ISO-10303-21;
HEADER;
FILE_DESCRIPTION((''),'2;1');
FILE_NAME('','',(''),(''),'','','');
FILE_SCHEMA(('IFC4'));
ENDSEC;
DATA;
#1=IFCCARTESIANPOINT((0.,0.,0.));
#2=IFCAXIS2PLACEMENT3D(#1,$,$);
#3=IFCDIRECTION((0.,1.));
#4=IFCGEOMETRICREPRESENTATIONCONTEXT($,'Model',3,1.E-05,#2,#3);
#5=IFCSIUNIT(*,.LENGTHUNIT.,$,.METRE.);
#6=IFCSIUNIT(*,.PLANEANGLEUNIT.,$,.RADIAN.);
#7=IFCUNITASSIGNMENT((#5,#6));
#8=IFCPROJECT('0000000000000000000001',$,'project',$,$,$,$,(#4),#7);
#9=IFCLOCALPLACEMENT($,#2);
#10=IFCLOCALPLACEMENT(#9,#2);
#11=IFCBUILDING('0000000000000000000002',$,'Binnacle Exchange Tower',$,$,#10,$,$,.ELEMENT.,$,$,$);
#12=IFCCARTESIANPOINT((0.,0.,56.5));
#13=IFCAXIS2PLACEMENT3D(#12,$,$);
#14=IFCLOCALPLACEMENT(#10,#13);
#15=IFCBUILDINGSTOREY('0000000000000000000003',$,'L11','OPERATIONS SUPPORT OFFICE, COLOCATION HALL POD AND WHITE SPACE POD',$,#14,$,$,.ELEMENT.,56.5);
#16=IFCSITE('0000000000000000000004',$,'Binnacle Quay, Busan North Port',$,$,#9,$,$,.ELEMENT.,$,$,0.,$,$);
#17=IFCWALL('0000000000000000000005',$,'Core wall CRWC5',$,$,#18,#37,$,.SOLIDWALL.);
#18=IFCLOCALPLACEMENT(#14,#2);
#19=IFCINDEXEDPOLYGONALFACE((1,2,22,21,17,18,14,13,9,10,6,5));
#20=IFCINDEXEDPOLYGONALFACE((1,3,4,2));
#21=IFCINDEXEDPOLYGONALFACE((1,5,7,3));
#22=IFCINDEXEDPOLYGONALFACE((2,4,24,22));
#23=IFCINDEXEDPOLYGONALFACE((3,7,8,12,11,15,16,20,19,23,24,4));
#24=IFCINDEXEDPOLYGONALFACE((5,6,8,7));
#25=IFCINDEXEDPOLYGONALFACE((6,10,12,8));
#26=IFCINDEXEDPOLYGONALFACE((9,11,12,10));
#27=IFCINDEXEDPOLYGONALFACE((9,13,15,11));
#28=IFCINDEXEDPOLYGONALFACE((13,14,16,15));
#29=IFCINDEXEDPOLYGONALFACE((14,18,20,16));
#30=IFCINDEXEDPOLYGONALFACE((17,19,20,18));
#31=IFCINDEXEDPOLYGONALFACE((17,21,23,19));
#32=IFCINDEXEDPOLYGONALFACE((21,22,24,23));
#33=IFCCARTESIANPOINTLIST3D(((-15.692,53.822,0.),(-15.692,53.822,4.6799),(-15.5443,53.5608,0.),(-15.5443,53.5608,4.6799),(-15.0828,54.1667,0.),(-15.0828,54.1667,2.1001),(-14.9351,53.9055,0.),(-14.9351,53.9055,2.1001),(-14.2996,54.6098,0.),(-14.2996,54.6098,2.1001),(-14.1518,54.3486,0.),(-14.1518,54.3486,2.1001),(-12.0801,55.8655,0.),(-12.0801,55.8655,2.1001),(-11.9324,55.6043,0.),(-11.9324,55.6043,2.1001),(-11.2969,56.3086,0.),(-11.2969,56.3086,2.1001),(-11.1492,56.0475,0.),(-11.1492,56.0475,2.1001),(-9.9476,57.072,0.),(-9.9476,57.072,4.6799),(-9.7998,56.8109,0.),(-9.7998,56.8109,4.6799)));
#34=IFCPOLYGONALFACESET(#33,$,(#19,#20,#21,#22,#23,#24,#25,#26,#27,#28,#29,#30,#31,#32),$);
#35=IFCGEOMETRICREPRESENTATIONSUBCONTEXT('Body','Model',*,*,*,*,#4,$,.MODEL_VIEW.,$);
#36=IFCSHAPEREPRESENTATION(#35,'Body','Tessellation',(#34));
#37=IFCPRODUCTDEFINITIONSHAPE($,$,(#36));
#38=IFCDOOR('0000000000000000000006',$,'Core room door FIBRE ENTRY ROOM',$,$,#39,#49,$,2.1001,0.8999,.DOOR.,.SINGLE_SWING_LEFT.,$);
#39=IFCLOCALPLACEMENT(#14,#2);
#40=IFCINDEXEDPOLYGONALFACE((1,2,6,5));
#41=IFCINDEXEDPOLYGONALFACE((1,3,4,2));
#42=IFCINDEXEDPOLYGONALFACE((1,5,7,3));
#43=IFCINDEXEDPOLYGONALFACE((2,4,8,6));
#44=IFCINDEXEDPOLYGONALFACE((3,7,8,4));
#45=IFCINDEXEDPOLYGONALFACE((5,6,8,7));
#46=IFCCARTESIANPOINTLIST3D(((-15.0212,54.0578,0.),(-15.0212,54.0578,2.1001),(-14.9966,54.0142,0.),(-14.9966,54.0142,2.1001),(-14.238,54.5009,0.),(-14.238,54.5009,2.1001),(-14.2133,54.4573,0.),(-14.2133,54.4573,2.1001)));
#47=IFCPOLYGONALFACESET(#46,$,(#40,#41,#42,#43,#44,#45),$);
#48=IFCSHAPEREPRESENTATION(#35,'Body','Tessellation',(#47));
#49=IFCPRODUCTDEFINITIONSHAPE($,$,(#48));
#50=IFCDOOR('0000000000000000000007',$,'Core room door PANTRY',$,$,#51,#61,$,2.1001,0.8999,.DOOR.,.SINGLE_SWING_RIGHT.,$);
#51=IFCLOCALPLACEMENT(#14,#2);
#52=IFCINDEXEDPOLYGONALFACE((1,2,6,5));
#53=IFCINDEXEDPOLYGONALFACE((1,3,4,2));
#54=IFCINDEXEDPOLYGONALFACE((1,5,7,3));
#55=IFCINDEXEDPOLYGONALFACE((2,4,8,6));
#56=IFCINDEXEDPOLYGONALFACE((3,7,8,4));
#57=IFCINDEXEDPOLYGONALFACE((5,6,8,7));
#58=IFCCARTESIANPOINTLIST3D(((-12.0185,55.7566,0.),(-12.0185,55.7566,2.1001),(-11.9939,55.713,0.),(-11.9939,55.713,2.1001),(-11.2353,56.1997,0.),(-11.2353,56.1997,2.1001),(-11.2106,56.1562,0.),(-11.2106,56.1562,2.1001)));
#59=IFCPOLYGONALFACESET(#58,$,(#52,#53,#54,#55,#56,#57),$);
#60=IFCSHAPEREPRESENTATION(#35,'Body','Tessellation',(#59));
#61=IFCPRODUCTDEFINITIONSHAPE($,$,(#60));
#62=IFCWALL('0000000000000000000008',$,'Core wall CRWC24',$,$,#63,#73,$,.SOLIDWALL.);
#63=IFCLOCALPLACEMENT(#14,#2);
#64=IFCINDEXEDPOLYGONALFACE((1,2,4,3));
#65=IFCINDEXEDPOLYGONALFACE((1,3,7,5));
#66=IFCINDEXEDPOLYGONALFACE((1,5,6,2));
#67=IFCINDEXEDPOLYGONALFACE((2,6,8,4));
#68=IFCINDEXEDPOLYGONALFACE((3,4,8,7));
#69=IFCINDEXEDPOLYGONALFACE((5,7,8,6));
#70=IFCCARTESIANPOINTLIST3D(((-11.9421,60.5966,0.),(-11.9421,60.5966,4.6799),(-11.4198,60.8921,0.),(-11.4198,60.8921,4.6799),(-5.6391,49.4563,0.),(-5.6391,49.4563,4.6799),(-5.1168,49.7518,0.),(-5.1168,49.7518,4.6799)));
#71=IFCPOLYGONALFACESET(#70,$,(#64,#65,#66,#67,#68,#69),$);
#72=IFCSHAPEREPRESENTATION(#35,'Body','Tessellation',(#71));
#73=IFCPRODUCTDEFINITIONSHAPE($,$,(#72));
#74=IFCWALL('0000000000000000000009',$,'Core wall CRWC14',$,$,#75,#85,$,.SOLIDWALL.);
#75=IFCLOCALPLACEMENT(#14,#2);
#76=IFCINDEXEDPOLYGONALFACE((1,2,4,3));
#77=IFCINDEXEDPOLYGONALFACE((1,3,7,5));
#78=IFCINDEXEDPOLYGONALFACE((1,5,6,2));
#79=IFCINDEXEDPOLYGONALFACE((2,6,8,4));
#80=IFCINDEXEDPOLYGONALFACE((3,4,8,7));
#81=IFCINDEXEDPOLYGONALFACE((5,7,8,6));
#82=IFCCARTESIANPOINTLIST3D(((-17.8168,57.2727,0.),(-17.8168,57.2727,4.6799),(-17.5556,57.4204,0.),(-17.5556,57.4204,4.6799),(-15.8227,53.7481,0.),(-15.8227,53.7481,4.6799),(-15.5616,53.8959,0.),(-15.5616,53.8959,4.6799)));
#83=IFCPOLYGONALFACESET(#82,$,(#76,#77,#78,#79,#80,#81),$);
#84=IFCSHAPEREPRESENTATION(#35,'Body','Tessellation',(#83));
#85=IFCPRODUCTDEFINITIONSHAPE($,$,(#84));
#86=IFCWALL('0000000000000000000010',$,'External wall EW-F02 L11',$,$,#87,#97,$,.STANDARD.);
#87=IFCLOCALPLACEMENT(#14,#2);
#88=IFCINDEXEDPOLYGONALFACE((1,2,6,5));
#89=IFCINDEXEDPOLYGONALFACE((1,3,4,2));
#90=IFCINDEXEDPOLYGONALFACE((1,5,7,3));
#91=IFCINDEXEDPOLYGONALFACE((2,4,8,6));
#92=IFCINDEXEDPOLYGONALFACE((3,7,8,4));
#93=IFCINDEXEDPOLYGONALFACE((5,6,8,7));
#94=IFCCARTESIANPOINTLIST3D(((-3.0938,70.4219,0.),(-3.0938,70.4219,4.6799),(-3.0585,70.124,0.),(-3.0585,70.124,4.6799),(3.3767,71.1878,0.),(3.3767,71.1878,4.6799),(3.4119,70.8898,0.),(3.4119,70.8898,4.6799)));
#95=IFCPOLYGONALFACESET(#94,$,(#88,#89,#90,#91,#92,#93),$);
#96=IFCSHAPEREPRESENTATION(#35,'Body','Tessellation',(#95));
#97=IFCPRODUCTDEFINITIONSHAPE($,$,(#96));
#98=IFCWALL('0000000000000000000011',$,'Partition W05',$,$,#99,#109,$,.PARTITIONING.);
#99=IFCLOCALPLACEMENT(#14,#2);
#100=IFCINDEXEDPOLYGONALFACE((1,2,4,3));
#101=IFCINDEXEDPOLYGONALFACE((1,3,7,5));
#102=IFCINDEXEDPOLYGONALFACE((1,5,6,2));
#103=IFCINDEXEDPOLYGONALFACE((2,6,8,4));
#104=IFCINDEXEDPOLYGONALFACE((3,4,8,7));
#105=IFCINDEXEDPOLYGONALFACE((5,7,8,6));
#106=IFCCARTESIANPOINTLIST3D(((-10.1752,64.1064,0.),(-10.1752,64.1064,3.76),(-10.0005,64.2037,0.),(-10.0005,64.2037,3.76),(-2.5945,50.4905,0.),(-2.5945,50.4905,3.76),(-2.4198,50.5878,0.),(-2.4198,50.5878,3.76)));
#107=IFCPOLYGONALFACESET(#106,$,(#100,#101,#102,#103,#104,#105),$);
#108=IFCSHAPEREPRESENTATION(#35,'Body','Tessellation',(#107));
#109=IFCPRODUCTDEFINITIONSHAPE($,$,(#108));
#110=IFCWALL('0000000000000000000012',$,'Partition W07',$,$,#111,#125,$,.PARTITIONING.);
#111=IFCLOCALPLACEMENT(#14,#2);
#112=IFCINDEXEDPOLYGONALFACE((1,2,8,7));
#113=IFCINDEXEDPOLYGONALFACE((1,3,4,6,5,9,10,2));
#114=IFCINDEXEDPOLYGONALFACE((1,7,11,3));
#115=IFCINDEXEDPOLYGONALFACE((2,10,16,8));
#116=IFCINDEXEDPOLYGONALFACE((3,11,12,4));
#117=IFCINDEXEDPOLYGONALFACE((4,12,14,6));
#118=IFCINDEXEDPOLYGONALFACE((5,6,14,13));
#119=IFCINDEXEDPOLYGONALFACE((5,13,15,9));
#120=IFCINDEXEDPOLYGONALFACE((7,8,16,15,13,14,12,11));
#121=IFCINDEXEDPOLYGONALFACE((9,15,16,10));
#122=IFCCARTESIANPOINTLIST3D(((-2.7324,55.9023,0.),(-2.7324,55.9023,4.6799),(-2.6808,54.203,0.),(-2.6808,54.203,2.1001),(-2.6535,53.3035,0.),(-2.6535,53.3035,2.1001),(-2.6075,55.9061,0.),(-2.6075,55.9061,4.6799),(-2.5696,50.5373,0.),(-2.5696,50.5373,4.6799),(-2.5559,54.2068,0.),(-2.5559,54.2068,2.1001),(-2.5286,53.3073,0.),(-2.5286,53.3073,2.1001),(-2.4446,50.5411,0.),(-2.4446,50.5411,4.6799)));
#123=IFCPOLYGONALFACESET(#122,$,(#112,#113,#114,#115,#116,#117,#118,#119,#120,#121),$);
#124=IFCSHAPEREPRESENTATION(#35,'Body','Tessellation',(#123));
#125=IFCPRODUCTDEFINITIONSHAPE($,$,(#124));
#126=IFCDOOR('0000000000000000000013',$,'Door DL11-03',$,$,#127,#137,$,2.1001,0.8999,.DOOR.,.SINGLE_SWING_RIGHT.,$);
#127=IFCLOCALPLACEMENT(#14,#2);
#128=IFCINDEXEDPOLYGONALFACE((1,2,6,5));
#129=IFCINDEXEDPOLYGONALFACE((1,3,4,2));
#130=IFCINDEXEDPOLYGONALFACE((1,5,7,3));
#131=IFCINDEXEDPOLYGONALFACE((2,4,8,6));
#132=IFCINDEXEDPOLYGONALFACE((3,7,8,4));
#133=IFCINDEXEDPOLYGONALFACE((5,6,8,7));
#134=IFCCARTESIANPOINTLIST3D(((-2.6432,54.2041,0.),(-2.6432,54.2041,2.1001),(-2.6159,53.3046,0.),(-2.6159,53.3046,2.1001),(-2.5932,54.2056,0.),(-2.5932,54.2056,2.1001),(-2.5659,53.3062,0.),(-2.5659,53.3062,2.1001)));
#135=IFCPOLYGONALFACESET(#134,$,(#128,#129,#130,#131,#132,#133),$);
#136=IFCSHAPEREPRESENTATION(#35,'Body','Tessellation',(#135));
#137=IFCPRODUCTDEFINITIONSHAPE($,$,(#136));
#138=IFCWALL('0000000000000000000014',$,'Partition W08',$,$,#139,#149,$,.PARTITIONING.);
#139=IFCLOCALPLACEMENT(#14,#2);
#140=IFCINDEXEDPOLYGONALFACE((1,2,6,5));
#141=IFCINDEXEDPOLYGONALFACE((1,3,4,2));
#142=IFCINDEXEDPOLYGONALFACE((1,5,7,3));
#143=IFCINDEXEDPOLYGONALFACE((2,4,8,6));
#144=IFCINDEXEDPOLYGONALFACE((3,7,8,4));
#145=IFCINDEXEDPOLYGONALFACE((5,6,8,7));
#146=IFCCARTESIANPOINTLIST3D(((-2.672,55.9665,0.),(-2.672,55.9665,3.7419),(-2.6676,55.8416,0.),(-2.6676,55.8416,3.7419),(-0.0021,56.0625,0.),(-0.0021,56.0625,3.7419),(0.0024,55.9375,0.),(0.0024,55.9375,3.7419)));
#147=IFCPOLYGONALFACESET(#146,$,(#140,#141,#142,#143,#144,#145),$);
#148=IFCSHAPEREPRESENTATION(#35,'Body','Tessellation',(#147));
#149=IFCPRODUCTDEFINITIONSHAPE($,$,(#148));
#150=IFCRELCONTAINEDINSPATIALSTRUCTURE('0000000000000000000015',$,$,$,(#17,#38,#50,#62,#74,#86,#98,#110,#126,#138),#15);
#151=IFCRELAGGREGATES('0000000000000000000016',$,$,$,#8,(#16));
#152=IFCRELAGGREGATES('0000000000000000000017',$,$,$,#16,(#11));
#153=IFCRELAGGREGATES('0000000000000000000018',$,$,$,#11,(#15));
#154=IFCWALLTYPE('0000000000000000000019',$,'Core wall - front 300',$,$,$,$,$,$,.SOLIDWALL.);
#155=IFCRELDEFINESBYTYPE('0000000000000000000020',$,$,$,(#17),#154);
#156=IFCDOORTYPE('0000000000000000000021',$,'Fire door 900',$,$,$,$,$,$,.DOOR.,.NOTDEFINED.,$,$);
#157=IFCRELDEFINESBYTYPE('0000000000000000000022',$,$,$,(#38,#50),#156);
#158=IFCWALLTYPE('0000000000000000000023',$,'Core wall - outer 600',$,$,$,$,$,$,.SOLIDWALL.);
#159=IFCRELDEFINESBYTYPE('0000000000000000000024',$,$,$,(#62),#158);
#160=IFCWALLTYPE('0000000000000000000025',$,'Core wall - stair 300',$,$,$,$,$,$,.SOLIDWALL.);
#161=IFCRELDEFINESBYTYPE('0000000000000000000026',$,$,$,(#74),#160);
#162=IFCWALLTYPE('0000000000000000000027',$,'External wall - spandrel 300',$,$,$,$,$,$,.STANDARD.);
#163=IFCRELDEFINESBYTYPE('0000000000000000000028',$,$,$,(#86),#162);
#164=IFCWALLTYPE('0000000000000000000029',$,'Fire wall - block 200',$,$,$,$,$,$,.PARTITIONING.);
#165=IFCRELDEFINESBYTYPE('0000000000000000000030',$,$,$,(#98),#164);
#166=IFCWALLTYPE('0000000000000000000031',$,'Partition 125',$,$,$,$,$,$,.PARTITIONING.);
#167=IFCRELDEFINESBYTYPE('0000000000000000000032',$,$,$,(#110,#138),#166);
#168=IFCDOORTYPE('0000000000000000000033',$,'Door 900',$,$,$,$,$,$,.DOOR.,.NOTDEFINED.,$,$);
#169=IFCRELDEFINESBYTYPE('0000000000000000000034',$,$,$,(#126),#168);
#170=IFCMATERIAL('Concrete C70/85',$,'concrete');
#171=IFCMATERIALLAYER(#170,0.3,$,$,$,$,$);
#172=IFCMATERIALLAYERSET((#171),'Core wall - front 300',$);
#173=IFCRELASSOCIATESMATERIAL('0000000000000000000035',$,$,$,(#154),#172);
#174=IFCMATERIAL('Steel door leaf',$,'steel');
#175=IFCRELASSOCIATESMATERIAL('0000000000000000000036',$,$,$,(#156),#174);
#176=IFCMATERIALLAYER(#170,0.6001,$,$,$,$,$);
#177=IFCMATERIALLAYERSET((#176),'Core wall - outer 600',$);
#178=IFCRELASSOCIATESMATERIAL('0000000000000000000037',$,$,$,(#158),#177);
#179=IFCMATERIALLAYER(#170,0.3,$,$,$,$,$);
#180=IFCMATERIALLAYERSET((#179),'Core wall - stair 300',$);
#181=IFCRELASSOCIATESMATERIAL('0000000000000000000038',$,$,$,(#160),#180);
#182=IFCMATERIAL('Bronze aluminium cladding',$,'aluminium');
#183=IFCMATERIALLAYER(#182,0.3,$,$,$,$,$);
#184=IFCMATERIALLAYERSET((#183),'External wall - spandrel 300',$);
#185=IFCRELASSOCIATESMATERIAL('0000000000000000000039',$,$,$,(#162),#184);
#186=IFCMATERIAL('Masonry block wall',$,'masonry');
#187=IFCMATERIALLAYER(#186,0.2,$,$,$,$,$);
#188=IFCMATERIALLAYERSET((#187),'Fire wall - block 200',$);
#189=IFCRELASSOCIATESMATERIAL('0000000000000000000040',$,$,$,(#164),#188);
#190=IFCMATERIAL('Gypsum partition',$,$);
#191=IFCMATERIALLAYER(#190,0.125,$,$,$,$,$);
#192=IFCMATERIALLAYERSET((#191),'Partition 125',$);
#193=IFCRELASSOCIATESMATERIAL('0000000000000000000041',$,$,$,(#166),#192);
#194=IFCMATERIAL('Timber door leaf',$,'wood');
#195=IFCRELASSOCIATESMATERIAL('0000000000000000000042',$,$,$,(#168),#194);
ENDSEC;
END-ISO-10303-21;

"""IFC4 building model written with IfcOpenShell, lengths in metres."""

from ifc_helpers import new_model, si_unit, direction, frame, frame_2d, origin, place, context, subcontext, project, spatial, rectangle, extrude, material, layer, layer_set, type_object, element, fill, save


model = new_model("IFC4")

# Units and contexts
model_context = context("Model", 3, precision=1e-05, world=origin(), true_north=direction((0.0, 1.0)))
body_context = subcontext(model_context, "Body", "Model", "MODEL_VIEW")
ifc_project = project(units=[si_unit("LENGTHUNIT", "METRE"), si_unit("PLANEANGLEUNIT", "RADIAN")], contexts=[model_context])

# Site, building, storey
site_placement = place(None, origin())
site = spatial("IfcSite", under=ifc_project, at=site_placement, Name="Binnacle Quay, Busan North Port", CompositionType="ELEMENT", RefElevation=0.0)
building_placement = place(site_placement, origin())
building = spatial("IfcBuilding", under=site, at=building_placement, Name="Binnacle Exchange Tower", CompositionType="ELEMENT")
storey_placement = place(building_placement, frame((0.0, 0.0, 56.5)))
storey = spatial("IfcBuildingStorey", under=building, at=storey_placement, Name="L11", Description="OPERATIONS SUPPORT OFFICE, COLOCATION HALL POD AND WHITE SPACE POD", CompositionType="ELEMENT", Elevation=56.5)

# Shared definitions
ifc_material_1 = material(Name="Concrete C70/85", Category="concrete")

# Wall, openings, doors
ifc_layer_1 = layer(ifc_material_1, 0.3)
ifc_layer_set_1 = layer_set([ifc_layer_1], Name="Core wall - front 300")
wall_type_1 = type_object("IfcWallType", Name="Core wall - front 300", PredefinedType="SOLIDWALL", material=ifc_layer_set_1)
wall_1_placement = place(storey_placement, frame((-15.6182, 53.6914, 0.0), z_axis=(0.0, 0.0, 1.0), x_axis=(0.870357, 0.492422, 0.0)))
wall_1 = element("IfcWall", 1, at=wall_1_placement, inside=storey, type_object=wall_type_1, Name="Core wall CRWC5", PredefinedType="SOLIDWALL", context=body_context, shape_type="SweptSolid", body=[
    extrude(rectangle(XDim=6.6001, YDim=0.3, at=frame_2d((3.3, 0.0))), origin(), (0.0, 0.0, 1.0), 4.6799),
])
opening_1_placement = place(wall_1_placement, frame((0.7, 0.0, 0.0)))
opening_1 = element("IfcOpeningElement", 2, at=opening_1_placement, cuts=wall_1, PredefinedType="OPENING", context=body_context, shape_type="SweptSolid", body=[
    extrude(rectangle(XDim=0.8999, YDim=2.1001, at=frame_2d((0.45, 1.05))), frame((0.0, 0.1599, 0.0), z_axis=(0.0, -1.0, 0.0), x_axis=(1.0, 0.0, 0.0)), (0.0, 0.0, 1.0), 0.3201),
])
opening_2_placement = place(wall_1_placement, frame((4.1499, 0.0, 0.0)))
opening_2 = element("IfcOpeningElement", 3, at=opening_2_placement, cuts=wall_1, PredefinedType="OPENING", context=body_context, shape_type="SweptSolid", body=[
    extrude(rectangle(XDim=0.8999, YDim=2.1001, at=frame_2d((0.45, 1.05))), frame((0.0, 0.1599, 0.0), z_axis=(0.0, -1.0, 0.0), x_axis=(1.0, 0.0, 0.0)), (0.0, 0.0, 1.0), 0.3201),
])
ifc_material_2 = material(Name="Steel door leaf", Category="steel")
door_type_1 = type_object("IfcDoorType", Name="Fire door 900", OperationType="NOTDEFINED", PredefinedType="DOOR", material=ifc_material_2)
door_1_placement = place(opening_1_placement, origin())
door_1 = element("IfcDoor", 4, at=door_1_placement, inside=storey, type_object=door_type_1, Name="Core room door FIBRE ENTRY ROOM", OperationType="SINGLE_SWING_LEFT", OverallHeight=2.1001, OverallWidth=0.8999, PredefinedType="DOOR", context=body_context, shape_type="SweptSolid", body=[
    extrude(rectangle(XDim=0.8999, YDim=2.1001, at=frame_2d((0.45, 1.05))), frame((0.0, 0.0249, 0.0), z_axis=(0.0, -1.0, 0.0), x_axis=(1.0, 0.0, 0.0)), (0.0, 0.0, 1.0), 0.05),
])
fill(opening_1, door_1)
door_2_placement = place(opening_2_placement, origin())
door_2 = element("IfcDoor", 5, at=door_2_placement, inside=storey, type_object=door_type_1, Name="Core room door PANTRY", OperationType="SINGLE_SWING_RIGHT", OverallHeight=2.1001, OverallWidth=0.8999, PredefinedType="DOOR", context=body_context, shape_type="SweptSolid", body=[
    extrude(rectangle(XDim=0.8999, YDim=2.1001, at=frame_2d((0.45, 1.05))), frame((0.0, 0.0249, 0.0), z_axis=(0.0, -1.0, 0.0), x_axis=(1.0, 0.0, 0.0)), (0.0, 0.0, 1.0), 0.05),
])
fill(opening_2, door_2)

# Walls
ifc_layer_2 = layer(ifc_material_1, 0.6001)
ifc_layer_set_2 = layer_set([ifc_layer_2], Name="Core wall - outer 600")
wall_type_2 = type_object("IfcWallType", Name="Core wall - outer 600", PredefinedType="SOLIDWALL", material=ifc_layer_set_2)
wall_2_placement = place(storey_placement, frame((-11.6809, 60.7444, 0.0), z_axis=(0.0, 0.0, 1.0), x_axis=(0.492427, -0.870354, 0.0)))
element("IfcWall", 6, at=wall_2_placement, inside=storey, type_object=wall_type_2, Name="Core wall CRWC24", PredefinedType="SOLIDWALL", context=body_context, shape_type="SweptSolid", body=[
    extrude(rectangle(XDim=12.7998, YDim=0.6001, at=frame_2d((6.3999, 0.0))), origin(), (0.0, 0.0, 1.0), 4.6799),
])
ifc_layer_3 = layer(ifc_material_1, 0.3)
ifc_layer_set_3 = layer_set([ifc_layer_3], Name="Core wall - stair 300")
wall_type_3 = type_object("IfcWallType", Name="Core wall - stair 300", PredefinedType="SOLIDWALL", material=ifc_layer_set_3)
wall_3_placement = place(storey_placement, frame((-17.6863, 57.3467, 0.0), z_axis=(0.0, 0.0, 1.0), x_axis=(0.492421, -0.870357, 0.0)))
element("IfcWall", 7, at=wall_3_placement, inside=storey, type_object=wall_type_3, Name="Core wall CRWC14", PredefinedType="SOLIDWALL", context=body_context, shape_type="SweptSolid", body=[
    extrude(rectangle(XDim=4.0496, YDim=0.3, at=frame_2d((2.0249, 0.0))), origin(), (0.0, 0.0, 1.0), 4.6799),
])
ifc_material_3 = material(Name="Bronze aluminium cladding", Category="aluminium")
ifc_layer_4 = layer(ifc_material_3, 0.3)
ifc_layer_set_4 = layer_set([ifc_layer_4], Name="External wall - spandrel 300")
wall_type_4 = type_object("IfcWallType", Name="External wall - spandrel 300", PredefinedType="STANDARD", material=ifc_layer_set_4)
wall_4_placement = place(storey_placement, frame((-3.0762, 70.2729, 0.0), z_axis=(0.0, 0.0, 1.0), x_axis=(0.993068, 0.117543, 0.0)))
element("IfcWall", 8, at=wall_4_placement, inside=storey, type_object=wall_type_4, Name="External wall EW-F02 L11", PredefinedType="STANDARD", context=body_context, shape_type="SweptSolid", body=[
    extrude(rectangle(XDim=6.5156, YDim=0.3, at=frame_2d((3.2578, 0.0))), origin(), (0.0, 0.0, 1.0), 4.6799),
])
ifc_material_4 = material(Name="Masonry block wall", Category="masonry")
ifc_layer_5 = layer(ifc_material_4, 0.2)
ifc_layer_set_5 = layer_set([ifc_layer_5], Name="Fire wall - block 200")
wall_type_5 = type_object("IfcWallType", Name="Fire wall - block 200", PredefinedType="PARTITIONING", material=ifc_layer_set_5)
wall_5_placement = place(storey_placement, frame((-10.0879, 64.155, 0.0), z_axis=(0.0, 0.0, 1.0), x_axis=(0.486446, -0.873711, 0.0)))
element("IfcWall", 9, at=wall_5_placement, inside=storey, type_object=wall_type_5, Name="Partition W05", PredefinedType="PARTITIONING", context=body_context, shape_type="SweptSolid", body=[
    extrude(rectangle(XDim=15.584, YDim=0.2, at=frame_2d((7.792, 0.0))), origin(), (0.0, 0.0, 1.0), 3.76),
])

# Wall, opening, door
ifc_material_5 = material(Name="Gypsum partition")
ifc_layer_6 = layer(ifc_material_5, 0.125)
ifc_layer_set_6 = layer_set([ifc_layer_6], Name="Partition 125")
wall_type_6 = type_object("IfcWallType", Name="Partition 125", PredefinedType="PARTITIONING", material=ifc_layer_set_6)
wall_6_placement = place(storey_placement, frame((-2.6699, 55.9041, 0.0), z_axis=(0.0, 0.0, 1.0), x_axis=(0.030339, -0.99954, 0.0)))
wall_6 = element("IfcWall", 10, at=wall_6_placement, inside=storey, type_object=wall_type_6, Name="Partition W07", PredefinedType="PARTITIONING", context=body_context, shape_type="SweptSolid", body=[
    extrude(rectangle(XDim=5.3674, YDim=0.125, at=frame_2d((2.6836, 0.0))), origin(), (0.0, 0.0, 1.0), 4.6799),
])
opening_3_placement = place(wall_6_placement, frame((1.7, 0.0, 0.0)))
opening_3 = element("IfcOpeningElement", 11, at=opening_3_placement, cuts=wall_6, PredefinedType="OPENING", context=body_context, shape_type="SweptSolid", body=[
    extrude(rectangle(XDim=0.8999, YDim=2.1001, at=frame_2d((0.45, 1.05))), frame((0.0, 0.0725, 0.0), z_axis=(0.0, -1.0, 0.0), x_axis=(1.0, 0.0, 0.0)), (0.0, 0.0, 1.0), 0.145),
])
ifc_material_6 = material(Name="Timber door leaf", Category="wood")
door_type_2 = type_object("IfcDoorType", Name="Door 900", OperationType="NOTDEFINED", PredefinedType="DOOR", material=ifc_material_6)
door_3_placement = place(opening_3_placement, frame((0.8999, 0.0, 0.0), z_axis=(0.0, 0.0, 1.0), x_axis=(-1.0, 0.0, 0.0)))
door_3 = element("IfcDoor", 12, at=door_3_placement, inside=storey, type_object=door_type_2, Name="Door DL11-03", OperationType="SINGLE_SWING_RIGHT", OverallHeight=2.1001, OverallWidth=0.8999, PredefinedType="DOOR", context=body_context, shape_type="SweptSolid", body=[
    extrude(rectangle(XDim=0.8999, YDim=2.1001, at=frame_2d((0.45, 1.05))), frame((0.0, 0.0249, 0.0), z_axis=(0.0, -1.0, 0.0), x_axis=(1.0, 0.0, 0.0)), (0.0, 0.0, 1.0), 0.05),
])
fill(opening_3, door_3)

# Wall
wall_7_placement = place(storey_placement, frame((-2.6699, 55.9041, 0.0), z_axis=(0.0, 0.0, 1.0), x_axis=(0.999355, 0.035913, 0.0)))
element("IfcWall", 13, at=wall_7_placement, inside=storey, type_object=wall_type_6, Name="Partition W08", PredefinedType="PARTITIONING", context=body_context, shape_type="SweptSolid", body=[
    extrude(rectangle(XDim=2.6716, YDim=0.125, at=frame_2d((1.3359, 0.0))), origin(), (0.0, 0.0, 1.0), 3.7419),
])

save(model, "model.ifc")
